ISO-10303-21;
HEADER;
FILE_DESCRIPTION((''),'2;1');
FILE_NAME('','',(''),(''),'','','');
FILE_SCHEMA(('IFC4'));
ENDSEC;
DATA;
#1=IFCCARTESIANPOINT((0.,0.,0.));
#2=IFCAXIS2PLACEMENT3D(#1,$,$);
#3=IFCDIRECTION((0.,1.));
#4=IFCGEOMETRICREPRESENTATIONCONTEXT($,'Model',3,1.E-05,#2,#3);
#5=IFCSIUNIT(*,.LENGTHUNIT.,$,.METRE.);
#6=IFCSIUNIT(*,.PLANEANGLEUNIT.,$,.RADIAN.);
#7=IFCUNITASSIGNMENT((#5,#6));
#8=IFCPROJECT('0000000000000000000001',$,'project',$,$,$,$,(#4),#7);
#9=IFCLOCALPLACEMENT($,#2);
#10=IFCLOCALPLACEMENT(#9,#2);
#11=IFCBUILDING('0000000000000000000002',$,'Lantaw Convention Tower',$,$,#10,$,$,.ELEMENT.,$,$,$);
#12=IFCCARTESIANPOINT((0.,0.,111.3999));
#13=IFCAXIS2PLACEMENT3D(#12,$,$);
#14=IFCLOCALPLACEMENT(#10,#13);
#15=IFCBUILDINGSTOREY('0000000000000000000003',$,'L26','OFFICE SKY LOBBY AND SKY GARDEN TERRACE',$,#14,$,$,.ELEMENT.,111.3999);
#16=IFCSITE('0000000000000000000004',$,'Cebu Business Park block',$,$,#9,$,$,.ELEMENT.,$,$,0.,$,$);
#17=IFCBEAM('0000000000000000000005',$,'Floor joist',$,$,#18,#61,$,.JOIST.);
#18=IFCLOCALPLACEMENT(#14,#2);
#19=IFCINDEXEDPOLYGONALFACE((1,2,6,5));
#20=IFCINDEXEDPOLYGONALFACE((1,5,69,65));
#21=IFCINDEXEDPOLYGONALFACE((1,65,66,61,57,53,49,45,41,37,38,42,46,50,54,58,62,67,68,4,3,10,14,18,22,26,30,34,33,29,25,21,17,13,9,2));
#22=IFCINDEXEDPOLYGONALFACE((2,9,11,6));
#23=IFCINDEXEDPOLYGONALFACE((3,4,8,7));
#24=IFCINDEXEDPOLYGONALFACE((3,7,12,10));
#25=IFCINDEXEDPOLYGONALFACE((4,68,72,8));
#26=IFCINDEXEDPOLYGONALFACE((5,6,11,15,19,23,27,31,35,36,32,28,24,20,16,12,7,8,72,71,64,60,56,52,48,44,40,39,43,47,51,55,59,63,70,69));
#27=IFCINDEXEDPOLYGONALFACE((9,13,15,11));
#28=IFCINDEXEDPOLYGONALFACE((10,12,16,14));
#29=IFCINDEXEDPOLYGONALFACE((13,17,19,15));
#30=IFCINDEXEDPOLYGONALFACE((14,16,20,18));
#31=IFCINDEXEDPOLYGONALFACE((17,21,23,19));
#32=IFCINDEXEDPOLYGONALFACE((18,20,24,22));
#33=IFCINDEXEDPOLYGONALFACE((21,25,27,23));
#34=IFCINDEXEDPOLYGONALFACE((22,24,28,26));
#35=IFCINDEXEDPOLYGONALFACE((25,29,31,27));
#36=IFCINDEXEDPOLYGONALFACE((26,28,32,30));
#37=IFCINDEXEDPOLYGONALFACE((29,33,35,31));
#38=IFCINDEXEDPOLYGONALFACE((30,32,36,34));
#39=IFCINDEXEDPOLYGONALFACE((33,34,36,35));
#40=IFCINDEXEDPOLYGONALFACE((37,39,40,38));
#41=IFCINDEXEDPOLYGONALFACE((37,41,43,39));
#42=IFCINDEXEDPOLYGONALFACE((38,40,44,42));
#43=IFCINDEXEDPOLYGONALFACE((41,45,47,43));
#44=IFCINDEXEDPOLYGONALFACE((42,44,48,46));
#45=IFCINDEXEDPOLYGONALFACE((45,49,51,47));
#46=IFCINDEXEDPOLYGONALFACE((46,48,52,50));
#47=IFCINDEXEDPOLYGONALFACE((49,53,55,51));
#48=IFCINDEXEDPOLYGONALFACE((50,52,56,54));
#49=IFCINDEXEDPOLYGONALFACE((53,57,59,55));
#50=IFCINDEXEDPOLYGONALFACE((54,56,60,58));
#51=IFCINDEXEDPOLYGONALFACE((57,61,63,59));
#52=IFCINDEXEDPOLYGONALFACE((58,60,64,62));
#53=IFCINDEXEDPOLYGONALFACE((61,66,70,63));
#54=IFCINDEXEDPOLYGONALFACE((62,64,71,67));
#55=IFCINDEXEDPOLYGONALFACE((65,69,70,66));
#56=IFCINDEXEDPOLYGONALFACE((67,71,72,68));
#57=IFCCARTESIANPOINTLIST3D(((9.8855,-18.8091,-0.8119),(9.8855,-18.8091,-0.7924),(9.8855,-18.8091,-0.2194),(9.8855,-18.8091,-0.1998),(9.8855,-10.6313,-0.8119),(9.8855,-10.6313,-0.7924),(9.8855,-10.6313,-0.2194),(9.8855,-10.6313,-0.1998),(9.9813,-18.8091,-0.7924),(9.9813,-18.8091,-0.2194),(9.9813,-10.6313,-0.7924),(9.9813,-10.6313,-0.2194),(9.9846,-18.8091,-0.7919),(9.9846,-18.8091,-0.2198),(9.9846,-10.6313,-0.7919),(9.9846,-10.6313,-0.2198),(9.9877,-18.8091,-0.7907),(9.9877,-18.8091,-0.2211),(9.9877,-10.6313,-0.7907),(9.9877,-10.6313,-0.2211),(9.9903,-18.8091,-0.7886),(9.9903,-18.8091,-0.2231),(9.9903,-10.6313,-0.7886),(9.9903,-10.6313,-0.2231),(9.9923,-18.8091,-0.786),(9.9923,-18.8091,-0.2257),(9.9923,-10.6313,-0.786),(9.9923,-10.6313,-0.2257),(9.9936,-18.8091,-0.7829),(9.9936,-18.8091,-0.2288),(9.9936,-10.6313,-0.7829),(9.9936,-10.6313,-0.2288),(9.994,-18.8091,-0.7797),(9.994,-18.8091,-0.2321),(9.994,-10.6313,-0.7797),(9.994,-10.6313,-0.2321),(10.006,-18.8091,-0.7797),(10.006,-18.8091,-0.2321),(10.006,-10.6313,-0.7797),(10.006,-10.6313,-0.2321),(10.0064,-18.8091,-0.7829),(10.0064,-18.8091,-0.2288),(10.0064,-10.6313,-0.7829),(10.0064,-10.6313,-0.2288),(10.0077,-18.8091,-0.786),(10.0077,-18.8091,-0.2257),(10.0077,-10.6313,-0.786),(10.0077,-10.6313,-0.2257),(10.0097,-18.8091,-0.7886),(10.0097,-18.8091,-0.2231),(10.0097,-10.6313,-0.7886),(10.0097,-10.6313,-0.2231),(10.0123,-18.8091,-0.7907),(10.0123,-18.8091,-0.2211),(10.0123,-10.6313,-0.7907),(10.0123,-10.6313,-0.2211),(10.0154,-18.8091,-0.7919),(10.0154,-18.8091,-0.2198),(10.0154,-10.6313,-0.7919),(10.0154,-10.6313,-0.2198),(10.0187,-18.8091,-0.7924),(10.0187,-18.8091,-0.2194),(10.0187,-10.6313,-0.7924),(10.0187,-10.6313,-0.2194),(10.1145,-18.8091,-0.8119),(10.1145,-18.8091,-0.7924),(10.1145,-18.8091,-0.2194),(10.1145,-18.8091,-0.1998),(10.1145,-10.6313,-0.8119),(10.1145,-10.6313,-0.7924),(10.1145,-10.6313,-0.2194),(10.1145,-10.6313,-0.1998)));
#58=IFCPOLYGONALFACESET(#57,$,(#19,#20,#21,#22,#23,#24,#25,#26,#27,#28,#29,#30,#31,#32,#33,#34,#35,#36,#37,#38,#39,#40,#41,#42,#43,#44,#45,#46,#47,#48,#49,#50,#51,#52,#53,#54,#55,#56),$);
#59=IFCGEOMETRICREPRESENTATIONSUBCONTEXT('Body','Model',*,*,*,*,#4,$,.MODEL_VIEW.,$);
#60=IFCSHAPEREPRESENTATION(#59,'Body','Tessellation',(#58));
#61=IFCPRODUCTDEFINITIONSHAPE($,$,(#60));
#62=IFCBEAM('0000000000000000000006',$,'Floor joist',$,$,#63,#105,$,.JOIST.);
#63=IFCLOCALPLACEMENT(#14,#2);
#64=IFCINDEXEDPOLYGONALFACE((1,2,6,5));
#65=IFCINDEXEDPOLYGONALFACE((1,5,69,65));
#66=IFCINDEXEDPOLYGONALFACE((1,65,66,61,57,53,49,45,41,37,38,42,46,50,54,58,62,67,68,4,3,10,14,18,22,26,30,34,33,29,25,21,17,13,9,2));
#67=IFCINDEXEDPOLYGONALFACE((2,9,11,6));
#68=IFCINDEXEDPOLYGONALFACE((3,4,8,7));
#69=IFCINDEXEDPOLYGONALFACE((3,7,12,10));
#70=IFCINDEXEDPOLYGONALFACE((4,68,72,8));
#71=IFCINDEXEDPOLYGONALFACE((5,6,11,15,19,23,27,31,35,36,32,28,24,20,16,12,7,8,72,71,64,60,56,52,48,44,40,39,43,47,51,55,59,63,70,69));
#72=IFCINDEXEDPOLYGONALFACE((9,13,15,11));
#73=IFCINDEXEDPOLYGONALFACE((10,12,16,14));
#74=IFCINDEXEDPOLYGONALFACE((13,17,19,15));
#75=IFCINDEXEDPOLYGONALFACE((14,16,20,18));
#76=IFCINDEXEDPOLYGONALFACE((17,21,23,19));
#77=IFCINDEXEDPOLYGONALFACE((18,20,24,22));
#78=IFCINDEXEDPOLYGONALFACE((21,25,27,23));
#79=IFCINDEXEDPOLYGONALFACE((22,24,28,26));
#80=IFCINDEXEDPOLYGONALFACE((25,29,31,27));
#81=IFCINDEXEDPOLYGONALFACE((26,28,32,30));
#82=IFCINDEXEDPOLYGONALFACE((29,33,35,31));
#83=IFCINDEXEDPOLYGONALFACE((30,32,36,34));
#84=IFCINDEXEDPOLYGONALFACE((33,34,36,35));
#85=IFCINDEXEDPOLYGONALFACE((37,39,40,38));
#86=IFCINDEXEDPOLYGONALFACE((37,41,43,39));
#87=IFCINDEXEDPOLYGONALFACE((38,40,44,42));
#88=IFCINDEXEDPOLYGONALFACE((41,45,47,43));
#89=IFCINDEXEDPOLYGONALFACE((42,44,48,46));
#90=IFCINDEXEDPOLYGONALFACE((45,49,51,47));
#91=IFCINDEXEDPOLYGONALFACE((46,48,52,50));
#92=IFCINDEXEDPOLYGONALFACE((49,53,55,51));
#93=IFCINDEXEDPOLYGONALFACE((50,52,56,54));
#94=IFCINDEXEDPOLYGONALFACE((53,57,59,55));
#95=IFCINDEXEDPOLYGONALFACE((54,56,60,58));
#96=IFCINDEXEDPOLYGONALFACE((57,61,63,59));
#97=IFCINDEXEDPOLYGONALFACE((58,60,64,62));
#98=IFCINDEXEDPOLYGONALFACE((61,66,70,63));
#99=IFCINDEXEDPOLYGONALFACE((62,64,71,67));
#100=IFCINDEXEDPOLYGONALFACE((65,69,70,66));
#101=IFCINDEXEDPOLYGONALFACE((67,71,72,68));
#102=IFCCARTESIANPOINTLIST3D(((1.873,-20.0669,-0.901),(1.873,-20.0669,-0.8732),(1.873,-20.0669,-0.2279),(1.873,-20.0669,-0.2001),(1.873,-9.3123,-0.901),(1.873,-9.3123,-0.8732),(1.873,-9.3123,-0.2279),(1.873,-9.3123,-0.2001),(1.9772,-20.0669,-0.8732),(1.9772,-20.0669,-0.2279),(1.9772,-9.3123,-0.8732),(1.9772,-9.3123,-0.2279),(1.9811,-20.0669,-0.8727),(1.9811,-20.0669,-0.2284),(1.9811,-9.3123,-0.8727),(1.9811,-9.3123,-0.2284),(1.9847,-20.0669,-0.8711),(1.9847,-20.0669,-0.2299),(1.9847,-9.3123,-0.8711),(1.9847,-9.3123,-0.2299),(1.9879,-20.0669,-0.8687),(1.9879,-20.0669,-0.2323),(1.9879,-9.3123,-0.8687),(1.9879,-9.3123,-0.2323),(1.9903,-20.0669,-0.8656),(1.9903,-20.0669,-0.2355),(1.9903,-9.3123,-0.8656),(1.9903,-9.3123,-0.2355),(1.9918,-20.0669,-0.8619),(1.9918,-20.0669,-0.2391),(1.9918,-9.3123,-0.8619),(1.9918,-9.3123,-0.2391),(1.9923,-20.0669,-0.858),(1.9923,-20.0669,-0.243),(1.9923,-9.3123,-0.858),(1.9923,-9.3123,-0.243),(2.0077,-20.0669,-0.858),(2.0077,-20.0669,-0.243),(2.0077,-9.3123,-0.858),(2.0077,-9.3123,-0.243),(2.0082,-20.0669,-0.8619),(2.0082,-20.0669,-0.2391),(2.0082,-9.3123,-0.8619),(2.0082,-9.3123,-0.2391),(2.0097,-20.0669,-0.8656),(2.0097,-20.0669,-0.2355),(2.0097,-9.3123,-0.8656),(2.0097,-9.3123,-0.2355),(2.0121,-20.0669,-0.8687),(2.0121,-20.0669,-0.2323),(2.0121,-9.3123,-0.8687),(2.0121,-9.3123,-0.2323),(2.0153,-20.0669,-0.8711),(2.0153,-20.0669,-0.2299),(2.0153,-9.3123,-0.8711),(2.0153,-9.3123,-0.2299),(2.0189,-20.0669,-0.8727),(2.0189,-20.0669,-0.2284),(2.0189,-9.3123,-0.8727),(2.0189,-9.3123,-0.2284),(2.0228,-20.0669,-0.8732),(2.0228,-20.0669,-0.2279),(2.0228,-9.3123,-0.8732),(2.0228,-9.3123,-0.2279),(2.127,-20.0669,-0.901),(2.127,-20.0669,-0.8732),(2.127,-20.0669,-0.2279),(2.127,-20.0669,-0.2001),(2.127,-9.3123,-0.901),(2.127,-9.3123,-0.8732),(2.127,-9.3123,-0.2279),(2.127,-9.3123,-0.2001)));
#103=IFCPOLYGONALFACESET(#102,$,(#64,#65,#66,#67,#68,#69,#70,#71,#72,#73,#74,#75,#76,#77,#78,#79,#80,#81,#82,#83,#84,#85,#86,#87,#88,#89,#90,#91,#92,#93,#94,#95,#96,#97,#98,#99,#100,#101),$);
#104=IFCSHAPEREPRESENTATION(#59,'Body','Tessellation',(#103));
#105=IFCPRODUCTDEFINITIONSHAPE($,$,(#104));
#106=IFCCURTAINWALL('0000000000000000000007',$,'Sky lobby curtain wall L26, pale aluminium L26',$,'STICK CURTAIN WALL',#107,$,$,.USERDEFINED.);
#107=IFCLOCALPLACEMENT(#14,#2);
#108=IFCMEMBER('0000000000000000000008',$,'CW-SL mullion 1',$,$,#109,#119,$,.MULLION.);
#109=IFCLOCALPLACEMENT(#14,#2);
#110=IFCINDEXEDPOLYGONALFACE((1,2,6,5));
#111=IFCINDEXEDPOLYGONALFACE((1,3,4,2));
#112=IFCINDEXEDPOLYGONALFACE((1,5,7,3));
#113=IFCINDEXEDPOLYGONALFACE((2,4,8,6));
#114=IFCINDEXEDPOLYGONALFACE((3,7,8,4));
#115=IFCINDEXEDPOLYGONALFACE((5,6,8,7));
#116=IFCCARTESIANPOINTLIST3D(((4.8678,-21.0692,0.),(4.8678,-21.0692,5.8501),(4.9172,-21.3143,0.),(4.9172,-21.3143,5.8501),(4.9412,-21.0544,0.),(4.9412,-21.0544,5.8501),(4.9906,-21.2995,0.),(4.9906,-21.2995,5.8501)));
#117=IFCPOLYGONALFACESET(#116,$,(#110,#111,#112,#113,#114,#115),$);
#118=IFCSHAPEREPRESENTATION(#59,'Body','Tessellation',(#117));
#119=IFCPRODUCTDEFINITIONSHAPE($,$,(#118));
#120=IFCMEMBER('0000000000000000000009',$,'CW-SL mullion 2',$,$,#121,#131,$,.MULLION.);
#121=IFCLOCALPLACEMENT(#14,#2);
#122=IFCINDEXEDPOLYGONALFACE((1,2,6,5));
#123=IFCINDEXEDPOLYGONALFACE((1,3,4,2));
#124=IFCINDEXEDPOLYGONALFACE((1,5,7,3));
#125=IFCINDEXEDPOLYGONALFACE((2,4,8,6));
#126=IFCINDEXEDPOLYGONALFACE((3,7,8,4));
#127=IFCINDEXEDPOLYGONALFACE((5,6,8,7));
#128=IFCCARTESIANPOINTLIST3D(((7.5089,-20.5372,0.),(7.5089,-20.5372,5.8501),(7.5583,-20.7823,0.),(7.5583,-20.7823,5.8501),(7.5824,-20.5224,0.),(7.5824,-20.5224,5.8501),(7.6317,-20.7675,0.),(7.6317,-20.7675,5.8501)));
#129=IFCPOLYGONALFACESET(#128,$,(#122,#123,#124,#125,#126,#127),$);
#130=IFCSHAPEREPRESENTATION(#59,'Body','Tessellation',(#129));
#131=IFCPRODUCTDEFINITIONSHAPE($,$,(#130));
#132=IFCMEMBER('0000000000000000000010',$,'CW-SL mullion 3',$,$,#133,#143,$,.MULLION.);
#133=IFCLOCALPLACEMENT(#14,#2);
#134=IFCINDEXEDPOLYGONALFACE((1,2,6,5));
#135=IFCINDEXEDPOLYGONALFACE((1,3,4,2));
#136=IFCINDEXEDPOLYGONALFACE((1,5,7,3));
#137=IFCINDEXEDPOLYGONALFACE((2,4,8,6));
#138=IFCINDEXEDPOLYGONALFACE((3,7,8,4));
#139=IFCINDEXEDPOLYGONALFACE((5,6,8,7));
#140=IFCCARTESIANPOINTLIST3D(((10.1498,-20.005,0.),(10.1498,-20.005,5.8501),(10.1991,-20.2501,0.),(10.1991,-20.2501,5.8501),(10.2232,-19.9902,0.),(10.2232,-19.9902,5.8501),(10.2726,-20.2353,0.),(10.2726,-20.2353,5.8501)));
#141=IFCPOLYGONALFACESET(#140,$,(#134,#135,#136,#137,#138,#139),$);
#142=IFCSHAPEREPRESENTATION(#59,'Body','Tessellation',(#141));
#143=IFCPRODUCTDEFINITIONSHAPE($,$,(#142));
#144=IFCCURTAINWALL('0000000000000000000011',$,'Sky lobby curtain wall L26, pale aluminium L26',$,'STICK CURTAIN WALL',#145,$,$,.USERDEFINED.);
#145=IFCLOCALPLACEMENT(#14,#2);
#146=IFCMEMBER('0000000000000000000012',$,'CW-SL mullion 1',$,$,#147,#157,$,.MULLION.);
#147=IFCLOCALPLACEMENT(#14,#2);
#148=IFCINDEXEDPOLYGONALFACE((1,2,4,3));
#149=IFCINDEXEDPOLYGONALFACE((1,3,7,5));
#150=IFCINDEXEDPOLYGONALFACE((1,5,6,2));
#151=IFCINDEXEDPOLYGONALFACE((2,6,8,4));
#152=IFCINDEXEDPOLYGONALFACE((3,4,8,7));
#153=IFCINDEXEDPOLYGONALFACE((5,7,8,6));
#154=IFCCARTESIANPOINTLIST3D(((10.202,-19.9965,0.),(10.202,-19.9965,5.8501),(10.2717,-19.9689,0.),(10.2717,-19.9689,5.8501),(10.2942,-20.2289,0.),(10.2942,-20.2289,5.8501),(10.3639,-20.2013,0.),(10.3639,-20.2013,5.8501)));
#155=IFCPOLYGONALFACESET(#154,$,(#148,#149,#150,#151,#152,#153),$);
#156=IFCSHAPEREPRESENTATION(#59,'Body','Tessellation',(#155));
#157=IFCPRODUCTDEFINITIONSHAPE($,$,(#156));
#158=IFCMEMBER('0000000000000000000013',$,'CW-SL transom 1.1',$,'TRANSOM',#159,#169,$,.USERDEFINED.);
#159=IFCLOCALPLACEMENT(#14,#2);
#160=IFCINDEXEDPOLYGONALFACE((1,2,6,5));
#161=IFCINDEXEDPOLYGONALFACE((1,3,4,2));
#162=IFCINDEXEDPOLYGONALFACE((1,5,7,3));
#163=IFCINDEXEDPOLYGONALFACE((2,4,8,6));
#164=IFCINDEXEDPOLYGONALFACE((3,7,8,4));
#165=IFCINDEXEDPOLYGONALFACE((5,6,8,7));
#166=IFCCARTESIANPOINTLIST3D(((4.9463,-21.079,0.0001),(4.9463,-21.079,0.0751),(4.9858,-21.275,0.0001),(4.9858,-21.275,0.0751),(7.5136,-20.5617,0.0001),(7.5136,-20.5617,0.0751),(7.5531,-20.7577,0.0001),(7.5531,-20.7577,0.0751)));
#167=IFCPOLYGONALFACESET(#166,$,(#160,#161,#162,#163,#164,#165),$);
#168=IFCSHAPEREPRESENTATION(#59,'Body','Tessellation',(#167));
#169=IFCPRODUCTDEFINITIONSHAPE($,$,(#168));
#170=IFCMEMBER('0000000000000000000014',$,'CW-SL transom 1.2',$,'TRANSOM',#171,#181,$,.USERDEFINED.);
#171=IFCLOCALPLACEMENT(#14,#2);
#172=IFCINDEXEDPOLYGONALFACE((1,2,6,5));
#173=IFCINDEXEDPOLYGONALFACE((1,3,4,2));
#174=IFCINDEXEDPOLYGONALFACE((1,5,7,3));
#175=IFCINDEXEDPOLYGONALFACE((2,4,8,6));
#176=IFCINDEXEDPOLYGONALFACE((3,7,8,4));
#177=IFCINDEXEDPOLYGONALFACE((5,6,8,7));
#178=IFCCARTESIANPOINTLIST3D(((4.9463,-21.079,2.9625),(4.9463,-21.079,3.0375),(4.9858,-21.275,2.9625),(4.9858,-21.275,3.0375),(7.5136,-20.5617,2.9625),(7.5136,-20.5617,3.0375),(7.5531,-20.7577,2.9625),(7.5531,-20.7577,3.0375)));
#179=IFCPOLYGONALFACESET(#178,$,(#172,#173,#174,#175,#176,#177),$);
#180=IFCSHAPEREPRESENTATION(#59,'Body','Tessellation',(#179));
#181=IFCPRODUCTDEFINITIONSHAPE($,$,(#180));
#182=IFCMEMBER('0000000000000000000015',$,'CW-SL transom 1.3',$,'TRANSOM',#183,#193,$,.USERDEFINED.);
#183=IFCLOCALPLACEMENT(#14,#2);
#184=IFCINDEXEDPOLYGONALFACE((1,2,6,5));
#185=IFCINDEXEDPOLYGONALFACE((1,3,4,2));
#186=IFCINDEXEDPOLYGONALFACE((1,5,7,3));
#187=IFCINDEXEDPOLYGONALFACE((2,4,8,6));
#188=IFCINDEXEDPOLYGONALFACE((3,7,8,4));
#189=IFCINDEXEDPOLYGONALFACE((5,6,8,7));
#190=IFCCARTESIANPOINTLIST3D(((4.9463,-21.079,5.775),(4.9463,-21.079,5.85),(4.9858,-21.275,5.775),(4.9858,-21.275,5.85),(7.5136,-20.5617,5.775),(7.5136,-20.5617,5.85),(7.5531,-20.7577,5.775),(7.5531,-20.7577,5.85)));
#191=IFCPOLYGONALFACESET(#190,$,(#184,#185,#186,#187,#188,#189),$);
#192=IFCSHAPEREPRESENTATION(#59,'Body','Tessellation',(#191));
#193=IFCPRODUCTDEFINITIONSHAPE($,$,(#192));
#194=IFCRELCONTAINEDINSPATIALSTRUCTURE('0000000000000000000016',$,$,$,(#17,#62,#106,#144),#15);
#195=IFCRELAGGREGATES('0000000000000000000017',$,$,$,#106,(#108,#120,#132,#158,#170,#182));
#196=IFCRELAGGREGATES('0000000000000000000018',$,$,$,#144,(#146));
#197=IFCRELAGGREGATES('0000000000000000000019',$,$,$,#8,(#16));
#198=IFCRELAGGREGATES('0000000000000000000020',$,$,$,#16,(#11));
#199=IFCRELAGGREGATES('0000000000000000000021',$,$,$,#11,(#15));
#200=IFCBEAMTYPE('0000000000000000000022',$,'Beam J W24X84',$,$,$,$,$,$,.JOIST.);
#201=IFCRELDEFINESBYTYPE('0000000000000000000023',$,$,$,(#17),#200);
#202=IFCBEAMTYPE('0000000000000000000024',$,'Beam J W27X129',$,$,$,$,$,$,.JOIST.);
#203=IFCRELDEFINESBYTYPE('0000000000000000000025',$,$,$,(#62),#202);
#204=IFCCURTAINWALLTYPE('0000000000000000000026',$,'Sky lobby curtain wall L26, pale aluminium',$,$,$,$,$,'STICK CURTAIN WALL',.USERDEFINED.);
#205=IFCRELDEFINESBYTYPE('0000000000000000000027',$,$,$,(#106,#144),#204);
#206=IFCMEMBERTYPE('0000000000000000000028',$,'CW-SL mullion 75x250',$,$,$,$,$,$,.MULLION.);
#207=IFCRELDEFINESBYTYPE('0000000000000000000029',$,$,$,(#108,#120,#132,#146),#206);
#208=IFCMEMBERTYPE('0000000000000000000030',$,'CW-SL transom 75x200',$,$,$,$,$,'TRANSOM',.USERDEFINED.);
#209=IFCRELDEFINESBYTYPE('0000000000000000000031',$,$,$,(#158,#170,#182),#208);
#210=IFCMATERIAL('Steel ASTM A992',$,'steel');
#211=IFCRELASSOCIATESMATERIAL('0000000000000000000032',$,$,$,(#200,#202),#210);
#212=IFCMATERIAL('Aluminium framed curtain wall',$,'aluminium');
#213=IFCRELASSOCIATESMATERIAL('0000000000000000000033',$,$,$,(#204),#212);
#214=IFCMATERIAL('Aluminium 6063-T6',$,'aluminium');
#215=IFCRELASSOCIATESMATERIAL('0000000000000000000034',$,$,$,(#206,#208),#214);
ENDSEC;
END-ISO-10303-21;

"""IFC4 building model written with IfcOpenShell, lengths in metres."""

from ifc_helpers import new_model, si_unit, direction, frame, origin, origin_2d, place, context, subcontext, project, spatial, rectangle, i_section, extrude, material, material_profile, profile_set, type_object, element, aggregate, save


model = new_model("IFC4")

# Units and contexts
model_context = context("Model", 3, precision=1e-05, world=origin(), true_north=direction((0.0, 1.0)))
body_context = subcontext(model_context, "Body", "Model", "MODEL_VIEW")
ifc_project = project(units=[si_unit("LENGTHUNIT", "METRE"), si_unit("PLANEANGLEUNIT", "RADIAN")], contexts=[model_context])

# Site, building, storey
site_placement = place(None, origin())
site = spatial("IfcSite", under=ifc_project, at=site_placement, Name="Cebu Business Park block", CompositionType="ELEMENT", RefElevation=0.0)
building_placement = place(site_placement, origin())
building = spatial("IfcBuilding", under=site, at=building_placement, Name="Lantaw Convention Tower", CompositionType="ELEMENT")
storey_placement = place(building_placement, frame((0.0, 0.0, 111.3999)))
storey = spatial("IfcBuildingStorey", under=building, at=storey_placement, Name="L26", Description="OFFICE SKY LOBBY AND SKY GARDEN TERRACE", CompositionType="ELEMENT", Elevation=111.3999)

# Beams
ifc_material_1 = material(Name="Steel ASTM A992", Category="steel")
ifc_material_profile_1 = material_profile(ifc_material_1, i_section(OverallWidth=0.229, OverallDepth=0.6121, WebThickness=0.012, FlangeThickness=0.0195, FilletRadius=0.0127, at=origin_2d()), Name="W24X84")
ifc_profile_set_1 = profile_set([ifc_material_profile_1], Name="Steel ASTM A992")
beam_type_1 = type_object("IfcBeamType", Name="Beam J W24X84", PredefinedType="JOIST", material=ifc_profile_set_1)
beam_1_placement = place(storey_placement, frame((10.0, -18.8091, -0.5059), z_axis=(0.0, 1.0, 0.0), x_axis=(-1.0, 0.0, 0.0)))
element("IfcBeam", 1, at=beam_1_placement, inside=storey, type_object=beam_type_1, Name="Floor joist", PredefinedType="JOIST", context=body_context, shape_type="SweptSolid", body=[
    extrude(i_section(OverallWidth=0.229, OverallDepth=0.6121, WebThickness=0.012, FlangeThickness=0.0195, FilletRadius=0.0127, at=origin_2d()), origin(), (0.0, 0.0, 1.0), 8.1777),
])
ifc_material_profile_2 = material_profile(ifc_material_1, i_section(OverallWidth=0.2539, OverallDepth=0.7009, WebThickness=0.0154, FlangeThickness=0.0278, FilletRadius=0.0151, at=origin_2d()), Name="W27X129")
ifc_profile_set_2 = profile_set([ifc_material_profile_2], Name="Steel ASTM A992")
beam_type_2 = type_object("IfcBeamType", Name="Beam J W27X129", PredefinedType="JOIST", material=ifc_profile_set_2)
beam_2_placement = place(storey_placement, frame((2.0, -20.0669, -0.5505), z_axis=(0.0, 1.0, 0.0), x_axis=(-1.0, 0.0, 0.0)))
element("IfcBeam", 2, at=beam_2_placement, inside=storey, type_object=beam_type_2, Name="Floor joist", PredefinedType="JOIST", context=body_context, shape_type="SweptSolid", body=[
    extrude(i_section(OverallWidth=0.2539, OverallDepth=0.7009, WebThickness=0.0154, FlangeThickness=0.0278, FilletRadius=0.0151, at=origin_2d()), origin(), (0.0, 0.0, 1.0), 10.7546),
])

# Curtain wall, members
ifc_material_2 = material(Name="Aluminium framed curtain wall", Category="aluminium")
curtain_wall_type = type_object("IfcCurtainWallType", Name="Sky lobby curtain wall L26, pale aluminium", ElementType="STICK CURTAIN WALL", PredefinedType="USERDEFINED", material=ifc_material_2)
curtain_wall_1_placement = place(storey_placement, origin())
curtain_wall_1 = element("IfcCurtainWall", 3, at=curtain_wall_1_placement, inside=storey, type_object=curtain_wall_type, Name="Sky lobby curtain wall L26, pale aluminium L26", ObjectType="STICK CURTAIN WALL", PredefinedType="USERDEFINED")
ifc_material_3 = material(Name="Aluminium 6063-T6", Category="aluminium")
ifc_material_profile_3 = material_profile(ifc_material_3, rectangle(XDim=0.25, YDim=0.075, at=origin_2d()), Name="CW-SL mullion 75x250")
ifc_profile_set_3 = profile_set([ifc_material_profile_3], Name="Aluminium 6063-T6")
member_type_1 = type_object("IfcMemberType", Name="CW-SL mullion 75x250", PredefinedType="MULLION", material=ifc_profile_set_3)
member_1_placement = place(storey_placement, frame((4.9292, -21.1843, 0.0), z_axis=(0.0, 0.0, 1.0), x_axis=(-0.197507, 0.980302, 0.0)))
member_1 = element("IfcMember", 4, at=member_1_placement, type_object=member_type_1, Name="CW-SL mullion 1", PredefinedType="MULLION", context=body_context, shape_type="SweptSolid", body=[
    extrude(rectangle(XDim=0.25, YDim=0.075, at=origin_2d()), origin(), (0.0, 0.0, 1.0), 5.8501),
])
member_2_placement = place(storey_placement, frame((7.5703, -20.6523, 0.0), z_axis=(0.0, 0.0, 1.0), x_axis=(-0.197507, 0.980302, 0.0)))
member_2 = element("IfcMember", 5, at=member_2_placement, type_object=member_type_1, Name="CW-SL mullion 2", PredefinedType="MULLION", context=body_context, shape_type="SweptSolid", body=[
    extrude(rectangle(XDim=0.25, YDim=0.075, at=origin_2d()), origin(), (0.0, 0.0, 1.0), 5.8501),
])
member_3_placement = place(storey_placement, frame((10.2112, -20.1201, 0.0), z_axis=(0.0, 0.0, 1.0), x_axis=(-0.197507, 0.980302, 0.0)))
member_3 = element("IfcMember", 6, at=member_3_placement, type_object=member_type_1, Name="CW-SL mullion 3", PredefinedType="MULLION", context=body_context, shape_type="SweptSolid", body=[
    extrude(rectangle(XDim=0.25, YDim=0.075, at=origin_2d()), origin(), (0.0, 0.0, 1.0), 5.8501),
])

# Curtain wall, member
curtain_wall_2_placement = place(storey_placement, origin())
curtain_wall_2 = element("IfcCurtainWall", 7, at=curtain_wall_2_placement, inside=storey, type_object=curtain_wall_type, Name="Sky lobby curtain wall L26, pale aluminium L26", ObjectType="STICK CURTAIN WALL", PredefinedType="USERDEFINED")
member_4_placement = place(storey_placement, frame((10.283, -20.0989, 0.0), z_axis=(0.0, 0.0, 1.0), x_axis=(-0.368702, 0.929548, 0.0)))
member_4 = element("IfcMember", 8, at=member_4_placement, type_object=member_type_1, Name="CW-SL mullion 1", PredefinedType="MULLION", context=body_context, shape_type="SweptSolid", body=[
    extrude(rectangle(XDim=0.25, YDim=0.075, at=origin_2d()), origin(), (0.0, 0.0, 1.0), 5.8501),
])

# Members
ifc_material_profile_4 = material_profile(ifc_material_3, rectangle(XDim=0.2, YDim=0.075, at=origin_2d()), Name="CW-SL transom 75x200")
ifc_profile_set_4 = profile_set([ifc_material_profile_4], Name="Aluminium 6063-T6")
member_type_2 = type_object("IfcMemberType", Name="CW-SL transom 75x200", ElementType="TRANSOM", PredefinedType="USERDEFINED", material=ifc_profile_set_4)
member_5_placement = place(storey_placement, frame((4.9661, -21.177, 0.0376), z_axis=(0.980296, 0.197532, 0.0), x_axis=(-0.197532, 0.980296, 0.0)))
member_5 = element("IfcMember", 9, at=member_5_placement, type_object=member_type_2, Name="CW-SL transom 1.1", ObjectType="TRANSOM", PredefinedType="USERDEFINED", context=body_context, shape_type="SweptSolid", body=[
    extrude(rectangle(XDim=0.2, YDim=0.075, at=origin_2d()), origin(), (0.0, 0.0, 1.0), 2.6189),
])
member_6_placement = place(storey_placement, frame((4.9661, -21.177, 3.0), z_axis=(0.980296, 0.197532, 0.0), x_axis=(-0.197532, 0.980296, 0.0)))
member_6 = element("IfcMember", 10, at=member_6_placement, type_object=member_type_2, Name="CW-SL transom 1.2", ObjectType="TRANSOM", PredefinedType="USERDEFINED", context=body_context, shape_type="SweptSolid", body=[
    extrude(rectangle(XDim=0.2, YDim=0.075, at=origin_2d()), origin(), (0.0, 0.0, 1.0), 2.6189),
])
member_7_placement = place(storey_placement, frame((4.9661, -21.177, 5.8125), z_axis=(0.980296, 0.197532, 0.0), x_axis=(-0.197532, 0.980296, 0.0)))
member_7 = element("IfcMember", 11, at=member_7_placement, type_object=member_type_2, Name="CW-SL transom 1.3", ObjectType="TRANSOM", PredefinedType="USERDEFINED", context=body_context, shape_type="SweptSolid", body=[
    extrude(rectangle(XDim=0.2, YDim=0.075, at=origin_2d()), origin(), (0.0, 0.0, 1.0), 2.6189),
])

aggregate(curtain_wall_1, [member_1, member_2, member_3, member_5, member_6, member_7])
aggregate(curtain_wall_2, [member_4])

save(model, "model.ifc")
